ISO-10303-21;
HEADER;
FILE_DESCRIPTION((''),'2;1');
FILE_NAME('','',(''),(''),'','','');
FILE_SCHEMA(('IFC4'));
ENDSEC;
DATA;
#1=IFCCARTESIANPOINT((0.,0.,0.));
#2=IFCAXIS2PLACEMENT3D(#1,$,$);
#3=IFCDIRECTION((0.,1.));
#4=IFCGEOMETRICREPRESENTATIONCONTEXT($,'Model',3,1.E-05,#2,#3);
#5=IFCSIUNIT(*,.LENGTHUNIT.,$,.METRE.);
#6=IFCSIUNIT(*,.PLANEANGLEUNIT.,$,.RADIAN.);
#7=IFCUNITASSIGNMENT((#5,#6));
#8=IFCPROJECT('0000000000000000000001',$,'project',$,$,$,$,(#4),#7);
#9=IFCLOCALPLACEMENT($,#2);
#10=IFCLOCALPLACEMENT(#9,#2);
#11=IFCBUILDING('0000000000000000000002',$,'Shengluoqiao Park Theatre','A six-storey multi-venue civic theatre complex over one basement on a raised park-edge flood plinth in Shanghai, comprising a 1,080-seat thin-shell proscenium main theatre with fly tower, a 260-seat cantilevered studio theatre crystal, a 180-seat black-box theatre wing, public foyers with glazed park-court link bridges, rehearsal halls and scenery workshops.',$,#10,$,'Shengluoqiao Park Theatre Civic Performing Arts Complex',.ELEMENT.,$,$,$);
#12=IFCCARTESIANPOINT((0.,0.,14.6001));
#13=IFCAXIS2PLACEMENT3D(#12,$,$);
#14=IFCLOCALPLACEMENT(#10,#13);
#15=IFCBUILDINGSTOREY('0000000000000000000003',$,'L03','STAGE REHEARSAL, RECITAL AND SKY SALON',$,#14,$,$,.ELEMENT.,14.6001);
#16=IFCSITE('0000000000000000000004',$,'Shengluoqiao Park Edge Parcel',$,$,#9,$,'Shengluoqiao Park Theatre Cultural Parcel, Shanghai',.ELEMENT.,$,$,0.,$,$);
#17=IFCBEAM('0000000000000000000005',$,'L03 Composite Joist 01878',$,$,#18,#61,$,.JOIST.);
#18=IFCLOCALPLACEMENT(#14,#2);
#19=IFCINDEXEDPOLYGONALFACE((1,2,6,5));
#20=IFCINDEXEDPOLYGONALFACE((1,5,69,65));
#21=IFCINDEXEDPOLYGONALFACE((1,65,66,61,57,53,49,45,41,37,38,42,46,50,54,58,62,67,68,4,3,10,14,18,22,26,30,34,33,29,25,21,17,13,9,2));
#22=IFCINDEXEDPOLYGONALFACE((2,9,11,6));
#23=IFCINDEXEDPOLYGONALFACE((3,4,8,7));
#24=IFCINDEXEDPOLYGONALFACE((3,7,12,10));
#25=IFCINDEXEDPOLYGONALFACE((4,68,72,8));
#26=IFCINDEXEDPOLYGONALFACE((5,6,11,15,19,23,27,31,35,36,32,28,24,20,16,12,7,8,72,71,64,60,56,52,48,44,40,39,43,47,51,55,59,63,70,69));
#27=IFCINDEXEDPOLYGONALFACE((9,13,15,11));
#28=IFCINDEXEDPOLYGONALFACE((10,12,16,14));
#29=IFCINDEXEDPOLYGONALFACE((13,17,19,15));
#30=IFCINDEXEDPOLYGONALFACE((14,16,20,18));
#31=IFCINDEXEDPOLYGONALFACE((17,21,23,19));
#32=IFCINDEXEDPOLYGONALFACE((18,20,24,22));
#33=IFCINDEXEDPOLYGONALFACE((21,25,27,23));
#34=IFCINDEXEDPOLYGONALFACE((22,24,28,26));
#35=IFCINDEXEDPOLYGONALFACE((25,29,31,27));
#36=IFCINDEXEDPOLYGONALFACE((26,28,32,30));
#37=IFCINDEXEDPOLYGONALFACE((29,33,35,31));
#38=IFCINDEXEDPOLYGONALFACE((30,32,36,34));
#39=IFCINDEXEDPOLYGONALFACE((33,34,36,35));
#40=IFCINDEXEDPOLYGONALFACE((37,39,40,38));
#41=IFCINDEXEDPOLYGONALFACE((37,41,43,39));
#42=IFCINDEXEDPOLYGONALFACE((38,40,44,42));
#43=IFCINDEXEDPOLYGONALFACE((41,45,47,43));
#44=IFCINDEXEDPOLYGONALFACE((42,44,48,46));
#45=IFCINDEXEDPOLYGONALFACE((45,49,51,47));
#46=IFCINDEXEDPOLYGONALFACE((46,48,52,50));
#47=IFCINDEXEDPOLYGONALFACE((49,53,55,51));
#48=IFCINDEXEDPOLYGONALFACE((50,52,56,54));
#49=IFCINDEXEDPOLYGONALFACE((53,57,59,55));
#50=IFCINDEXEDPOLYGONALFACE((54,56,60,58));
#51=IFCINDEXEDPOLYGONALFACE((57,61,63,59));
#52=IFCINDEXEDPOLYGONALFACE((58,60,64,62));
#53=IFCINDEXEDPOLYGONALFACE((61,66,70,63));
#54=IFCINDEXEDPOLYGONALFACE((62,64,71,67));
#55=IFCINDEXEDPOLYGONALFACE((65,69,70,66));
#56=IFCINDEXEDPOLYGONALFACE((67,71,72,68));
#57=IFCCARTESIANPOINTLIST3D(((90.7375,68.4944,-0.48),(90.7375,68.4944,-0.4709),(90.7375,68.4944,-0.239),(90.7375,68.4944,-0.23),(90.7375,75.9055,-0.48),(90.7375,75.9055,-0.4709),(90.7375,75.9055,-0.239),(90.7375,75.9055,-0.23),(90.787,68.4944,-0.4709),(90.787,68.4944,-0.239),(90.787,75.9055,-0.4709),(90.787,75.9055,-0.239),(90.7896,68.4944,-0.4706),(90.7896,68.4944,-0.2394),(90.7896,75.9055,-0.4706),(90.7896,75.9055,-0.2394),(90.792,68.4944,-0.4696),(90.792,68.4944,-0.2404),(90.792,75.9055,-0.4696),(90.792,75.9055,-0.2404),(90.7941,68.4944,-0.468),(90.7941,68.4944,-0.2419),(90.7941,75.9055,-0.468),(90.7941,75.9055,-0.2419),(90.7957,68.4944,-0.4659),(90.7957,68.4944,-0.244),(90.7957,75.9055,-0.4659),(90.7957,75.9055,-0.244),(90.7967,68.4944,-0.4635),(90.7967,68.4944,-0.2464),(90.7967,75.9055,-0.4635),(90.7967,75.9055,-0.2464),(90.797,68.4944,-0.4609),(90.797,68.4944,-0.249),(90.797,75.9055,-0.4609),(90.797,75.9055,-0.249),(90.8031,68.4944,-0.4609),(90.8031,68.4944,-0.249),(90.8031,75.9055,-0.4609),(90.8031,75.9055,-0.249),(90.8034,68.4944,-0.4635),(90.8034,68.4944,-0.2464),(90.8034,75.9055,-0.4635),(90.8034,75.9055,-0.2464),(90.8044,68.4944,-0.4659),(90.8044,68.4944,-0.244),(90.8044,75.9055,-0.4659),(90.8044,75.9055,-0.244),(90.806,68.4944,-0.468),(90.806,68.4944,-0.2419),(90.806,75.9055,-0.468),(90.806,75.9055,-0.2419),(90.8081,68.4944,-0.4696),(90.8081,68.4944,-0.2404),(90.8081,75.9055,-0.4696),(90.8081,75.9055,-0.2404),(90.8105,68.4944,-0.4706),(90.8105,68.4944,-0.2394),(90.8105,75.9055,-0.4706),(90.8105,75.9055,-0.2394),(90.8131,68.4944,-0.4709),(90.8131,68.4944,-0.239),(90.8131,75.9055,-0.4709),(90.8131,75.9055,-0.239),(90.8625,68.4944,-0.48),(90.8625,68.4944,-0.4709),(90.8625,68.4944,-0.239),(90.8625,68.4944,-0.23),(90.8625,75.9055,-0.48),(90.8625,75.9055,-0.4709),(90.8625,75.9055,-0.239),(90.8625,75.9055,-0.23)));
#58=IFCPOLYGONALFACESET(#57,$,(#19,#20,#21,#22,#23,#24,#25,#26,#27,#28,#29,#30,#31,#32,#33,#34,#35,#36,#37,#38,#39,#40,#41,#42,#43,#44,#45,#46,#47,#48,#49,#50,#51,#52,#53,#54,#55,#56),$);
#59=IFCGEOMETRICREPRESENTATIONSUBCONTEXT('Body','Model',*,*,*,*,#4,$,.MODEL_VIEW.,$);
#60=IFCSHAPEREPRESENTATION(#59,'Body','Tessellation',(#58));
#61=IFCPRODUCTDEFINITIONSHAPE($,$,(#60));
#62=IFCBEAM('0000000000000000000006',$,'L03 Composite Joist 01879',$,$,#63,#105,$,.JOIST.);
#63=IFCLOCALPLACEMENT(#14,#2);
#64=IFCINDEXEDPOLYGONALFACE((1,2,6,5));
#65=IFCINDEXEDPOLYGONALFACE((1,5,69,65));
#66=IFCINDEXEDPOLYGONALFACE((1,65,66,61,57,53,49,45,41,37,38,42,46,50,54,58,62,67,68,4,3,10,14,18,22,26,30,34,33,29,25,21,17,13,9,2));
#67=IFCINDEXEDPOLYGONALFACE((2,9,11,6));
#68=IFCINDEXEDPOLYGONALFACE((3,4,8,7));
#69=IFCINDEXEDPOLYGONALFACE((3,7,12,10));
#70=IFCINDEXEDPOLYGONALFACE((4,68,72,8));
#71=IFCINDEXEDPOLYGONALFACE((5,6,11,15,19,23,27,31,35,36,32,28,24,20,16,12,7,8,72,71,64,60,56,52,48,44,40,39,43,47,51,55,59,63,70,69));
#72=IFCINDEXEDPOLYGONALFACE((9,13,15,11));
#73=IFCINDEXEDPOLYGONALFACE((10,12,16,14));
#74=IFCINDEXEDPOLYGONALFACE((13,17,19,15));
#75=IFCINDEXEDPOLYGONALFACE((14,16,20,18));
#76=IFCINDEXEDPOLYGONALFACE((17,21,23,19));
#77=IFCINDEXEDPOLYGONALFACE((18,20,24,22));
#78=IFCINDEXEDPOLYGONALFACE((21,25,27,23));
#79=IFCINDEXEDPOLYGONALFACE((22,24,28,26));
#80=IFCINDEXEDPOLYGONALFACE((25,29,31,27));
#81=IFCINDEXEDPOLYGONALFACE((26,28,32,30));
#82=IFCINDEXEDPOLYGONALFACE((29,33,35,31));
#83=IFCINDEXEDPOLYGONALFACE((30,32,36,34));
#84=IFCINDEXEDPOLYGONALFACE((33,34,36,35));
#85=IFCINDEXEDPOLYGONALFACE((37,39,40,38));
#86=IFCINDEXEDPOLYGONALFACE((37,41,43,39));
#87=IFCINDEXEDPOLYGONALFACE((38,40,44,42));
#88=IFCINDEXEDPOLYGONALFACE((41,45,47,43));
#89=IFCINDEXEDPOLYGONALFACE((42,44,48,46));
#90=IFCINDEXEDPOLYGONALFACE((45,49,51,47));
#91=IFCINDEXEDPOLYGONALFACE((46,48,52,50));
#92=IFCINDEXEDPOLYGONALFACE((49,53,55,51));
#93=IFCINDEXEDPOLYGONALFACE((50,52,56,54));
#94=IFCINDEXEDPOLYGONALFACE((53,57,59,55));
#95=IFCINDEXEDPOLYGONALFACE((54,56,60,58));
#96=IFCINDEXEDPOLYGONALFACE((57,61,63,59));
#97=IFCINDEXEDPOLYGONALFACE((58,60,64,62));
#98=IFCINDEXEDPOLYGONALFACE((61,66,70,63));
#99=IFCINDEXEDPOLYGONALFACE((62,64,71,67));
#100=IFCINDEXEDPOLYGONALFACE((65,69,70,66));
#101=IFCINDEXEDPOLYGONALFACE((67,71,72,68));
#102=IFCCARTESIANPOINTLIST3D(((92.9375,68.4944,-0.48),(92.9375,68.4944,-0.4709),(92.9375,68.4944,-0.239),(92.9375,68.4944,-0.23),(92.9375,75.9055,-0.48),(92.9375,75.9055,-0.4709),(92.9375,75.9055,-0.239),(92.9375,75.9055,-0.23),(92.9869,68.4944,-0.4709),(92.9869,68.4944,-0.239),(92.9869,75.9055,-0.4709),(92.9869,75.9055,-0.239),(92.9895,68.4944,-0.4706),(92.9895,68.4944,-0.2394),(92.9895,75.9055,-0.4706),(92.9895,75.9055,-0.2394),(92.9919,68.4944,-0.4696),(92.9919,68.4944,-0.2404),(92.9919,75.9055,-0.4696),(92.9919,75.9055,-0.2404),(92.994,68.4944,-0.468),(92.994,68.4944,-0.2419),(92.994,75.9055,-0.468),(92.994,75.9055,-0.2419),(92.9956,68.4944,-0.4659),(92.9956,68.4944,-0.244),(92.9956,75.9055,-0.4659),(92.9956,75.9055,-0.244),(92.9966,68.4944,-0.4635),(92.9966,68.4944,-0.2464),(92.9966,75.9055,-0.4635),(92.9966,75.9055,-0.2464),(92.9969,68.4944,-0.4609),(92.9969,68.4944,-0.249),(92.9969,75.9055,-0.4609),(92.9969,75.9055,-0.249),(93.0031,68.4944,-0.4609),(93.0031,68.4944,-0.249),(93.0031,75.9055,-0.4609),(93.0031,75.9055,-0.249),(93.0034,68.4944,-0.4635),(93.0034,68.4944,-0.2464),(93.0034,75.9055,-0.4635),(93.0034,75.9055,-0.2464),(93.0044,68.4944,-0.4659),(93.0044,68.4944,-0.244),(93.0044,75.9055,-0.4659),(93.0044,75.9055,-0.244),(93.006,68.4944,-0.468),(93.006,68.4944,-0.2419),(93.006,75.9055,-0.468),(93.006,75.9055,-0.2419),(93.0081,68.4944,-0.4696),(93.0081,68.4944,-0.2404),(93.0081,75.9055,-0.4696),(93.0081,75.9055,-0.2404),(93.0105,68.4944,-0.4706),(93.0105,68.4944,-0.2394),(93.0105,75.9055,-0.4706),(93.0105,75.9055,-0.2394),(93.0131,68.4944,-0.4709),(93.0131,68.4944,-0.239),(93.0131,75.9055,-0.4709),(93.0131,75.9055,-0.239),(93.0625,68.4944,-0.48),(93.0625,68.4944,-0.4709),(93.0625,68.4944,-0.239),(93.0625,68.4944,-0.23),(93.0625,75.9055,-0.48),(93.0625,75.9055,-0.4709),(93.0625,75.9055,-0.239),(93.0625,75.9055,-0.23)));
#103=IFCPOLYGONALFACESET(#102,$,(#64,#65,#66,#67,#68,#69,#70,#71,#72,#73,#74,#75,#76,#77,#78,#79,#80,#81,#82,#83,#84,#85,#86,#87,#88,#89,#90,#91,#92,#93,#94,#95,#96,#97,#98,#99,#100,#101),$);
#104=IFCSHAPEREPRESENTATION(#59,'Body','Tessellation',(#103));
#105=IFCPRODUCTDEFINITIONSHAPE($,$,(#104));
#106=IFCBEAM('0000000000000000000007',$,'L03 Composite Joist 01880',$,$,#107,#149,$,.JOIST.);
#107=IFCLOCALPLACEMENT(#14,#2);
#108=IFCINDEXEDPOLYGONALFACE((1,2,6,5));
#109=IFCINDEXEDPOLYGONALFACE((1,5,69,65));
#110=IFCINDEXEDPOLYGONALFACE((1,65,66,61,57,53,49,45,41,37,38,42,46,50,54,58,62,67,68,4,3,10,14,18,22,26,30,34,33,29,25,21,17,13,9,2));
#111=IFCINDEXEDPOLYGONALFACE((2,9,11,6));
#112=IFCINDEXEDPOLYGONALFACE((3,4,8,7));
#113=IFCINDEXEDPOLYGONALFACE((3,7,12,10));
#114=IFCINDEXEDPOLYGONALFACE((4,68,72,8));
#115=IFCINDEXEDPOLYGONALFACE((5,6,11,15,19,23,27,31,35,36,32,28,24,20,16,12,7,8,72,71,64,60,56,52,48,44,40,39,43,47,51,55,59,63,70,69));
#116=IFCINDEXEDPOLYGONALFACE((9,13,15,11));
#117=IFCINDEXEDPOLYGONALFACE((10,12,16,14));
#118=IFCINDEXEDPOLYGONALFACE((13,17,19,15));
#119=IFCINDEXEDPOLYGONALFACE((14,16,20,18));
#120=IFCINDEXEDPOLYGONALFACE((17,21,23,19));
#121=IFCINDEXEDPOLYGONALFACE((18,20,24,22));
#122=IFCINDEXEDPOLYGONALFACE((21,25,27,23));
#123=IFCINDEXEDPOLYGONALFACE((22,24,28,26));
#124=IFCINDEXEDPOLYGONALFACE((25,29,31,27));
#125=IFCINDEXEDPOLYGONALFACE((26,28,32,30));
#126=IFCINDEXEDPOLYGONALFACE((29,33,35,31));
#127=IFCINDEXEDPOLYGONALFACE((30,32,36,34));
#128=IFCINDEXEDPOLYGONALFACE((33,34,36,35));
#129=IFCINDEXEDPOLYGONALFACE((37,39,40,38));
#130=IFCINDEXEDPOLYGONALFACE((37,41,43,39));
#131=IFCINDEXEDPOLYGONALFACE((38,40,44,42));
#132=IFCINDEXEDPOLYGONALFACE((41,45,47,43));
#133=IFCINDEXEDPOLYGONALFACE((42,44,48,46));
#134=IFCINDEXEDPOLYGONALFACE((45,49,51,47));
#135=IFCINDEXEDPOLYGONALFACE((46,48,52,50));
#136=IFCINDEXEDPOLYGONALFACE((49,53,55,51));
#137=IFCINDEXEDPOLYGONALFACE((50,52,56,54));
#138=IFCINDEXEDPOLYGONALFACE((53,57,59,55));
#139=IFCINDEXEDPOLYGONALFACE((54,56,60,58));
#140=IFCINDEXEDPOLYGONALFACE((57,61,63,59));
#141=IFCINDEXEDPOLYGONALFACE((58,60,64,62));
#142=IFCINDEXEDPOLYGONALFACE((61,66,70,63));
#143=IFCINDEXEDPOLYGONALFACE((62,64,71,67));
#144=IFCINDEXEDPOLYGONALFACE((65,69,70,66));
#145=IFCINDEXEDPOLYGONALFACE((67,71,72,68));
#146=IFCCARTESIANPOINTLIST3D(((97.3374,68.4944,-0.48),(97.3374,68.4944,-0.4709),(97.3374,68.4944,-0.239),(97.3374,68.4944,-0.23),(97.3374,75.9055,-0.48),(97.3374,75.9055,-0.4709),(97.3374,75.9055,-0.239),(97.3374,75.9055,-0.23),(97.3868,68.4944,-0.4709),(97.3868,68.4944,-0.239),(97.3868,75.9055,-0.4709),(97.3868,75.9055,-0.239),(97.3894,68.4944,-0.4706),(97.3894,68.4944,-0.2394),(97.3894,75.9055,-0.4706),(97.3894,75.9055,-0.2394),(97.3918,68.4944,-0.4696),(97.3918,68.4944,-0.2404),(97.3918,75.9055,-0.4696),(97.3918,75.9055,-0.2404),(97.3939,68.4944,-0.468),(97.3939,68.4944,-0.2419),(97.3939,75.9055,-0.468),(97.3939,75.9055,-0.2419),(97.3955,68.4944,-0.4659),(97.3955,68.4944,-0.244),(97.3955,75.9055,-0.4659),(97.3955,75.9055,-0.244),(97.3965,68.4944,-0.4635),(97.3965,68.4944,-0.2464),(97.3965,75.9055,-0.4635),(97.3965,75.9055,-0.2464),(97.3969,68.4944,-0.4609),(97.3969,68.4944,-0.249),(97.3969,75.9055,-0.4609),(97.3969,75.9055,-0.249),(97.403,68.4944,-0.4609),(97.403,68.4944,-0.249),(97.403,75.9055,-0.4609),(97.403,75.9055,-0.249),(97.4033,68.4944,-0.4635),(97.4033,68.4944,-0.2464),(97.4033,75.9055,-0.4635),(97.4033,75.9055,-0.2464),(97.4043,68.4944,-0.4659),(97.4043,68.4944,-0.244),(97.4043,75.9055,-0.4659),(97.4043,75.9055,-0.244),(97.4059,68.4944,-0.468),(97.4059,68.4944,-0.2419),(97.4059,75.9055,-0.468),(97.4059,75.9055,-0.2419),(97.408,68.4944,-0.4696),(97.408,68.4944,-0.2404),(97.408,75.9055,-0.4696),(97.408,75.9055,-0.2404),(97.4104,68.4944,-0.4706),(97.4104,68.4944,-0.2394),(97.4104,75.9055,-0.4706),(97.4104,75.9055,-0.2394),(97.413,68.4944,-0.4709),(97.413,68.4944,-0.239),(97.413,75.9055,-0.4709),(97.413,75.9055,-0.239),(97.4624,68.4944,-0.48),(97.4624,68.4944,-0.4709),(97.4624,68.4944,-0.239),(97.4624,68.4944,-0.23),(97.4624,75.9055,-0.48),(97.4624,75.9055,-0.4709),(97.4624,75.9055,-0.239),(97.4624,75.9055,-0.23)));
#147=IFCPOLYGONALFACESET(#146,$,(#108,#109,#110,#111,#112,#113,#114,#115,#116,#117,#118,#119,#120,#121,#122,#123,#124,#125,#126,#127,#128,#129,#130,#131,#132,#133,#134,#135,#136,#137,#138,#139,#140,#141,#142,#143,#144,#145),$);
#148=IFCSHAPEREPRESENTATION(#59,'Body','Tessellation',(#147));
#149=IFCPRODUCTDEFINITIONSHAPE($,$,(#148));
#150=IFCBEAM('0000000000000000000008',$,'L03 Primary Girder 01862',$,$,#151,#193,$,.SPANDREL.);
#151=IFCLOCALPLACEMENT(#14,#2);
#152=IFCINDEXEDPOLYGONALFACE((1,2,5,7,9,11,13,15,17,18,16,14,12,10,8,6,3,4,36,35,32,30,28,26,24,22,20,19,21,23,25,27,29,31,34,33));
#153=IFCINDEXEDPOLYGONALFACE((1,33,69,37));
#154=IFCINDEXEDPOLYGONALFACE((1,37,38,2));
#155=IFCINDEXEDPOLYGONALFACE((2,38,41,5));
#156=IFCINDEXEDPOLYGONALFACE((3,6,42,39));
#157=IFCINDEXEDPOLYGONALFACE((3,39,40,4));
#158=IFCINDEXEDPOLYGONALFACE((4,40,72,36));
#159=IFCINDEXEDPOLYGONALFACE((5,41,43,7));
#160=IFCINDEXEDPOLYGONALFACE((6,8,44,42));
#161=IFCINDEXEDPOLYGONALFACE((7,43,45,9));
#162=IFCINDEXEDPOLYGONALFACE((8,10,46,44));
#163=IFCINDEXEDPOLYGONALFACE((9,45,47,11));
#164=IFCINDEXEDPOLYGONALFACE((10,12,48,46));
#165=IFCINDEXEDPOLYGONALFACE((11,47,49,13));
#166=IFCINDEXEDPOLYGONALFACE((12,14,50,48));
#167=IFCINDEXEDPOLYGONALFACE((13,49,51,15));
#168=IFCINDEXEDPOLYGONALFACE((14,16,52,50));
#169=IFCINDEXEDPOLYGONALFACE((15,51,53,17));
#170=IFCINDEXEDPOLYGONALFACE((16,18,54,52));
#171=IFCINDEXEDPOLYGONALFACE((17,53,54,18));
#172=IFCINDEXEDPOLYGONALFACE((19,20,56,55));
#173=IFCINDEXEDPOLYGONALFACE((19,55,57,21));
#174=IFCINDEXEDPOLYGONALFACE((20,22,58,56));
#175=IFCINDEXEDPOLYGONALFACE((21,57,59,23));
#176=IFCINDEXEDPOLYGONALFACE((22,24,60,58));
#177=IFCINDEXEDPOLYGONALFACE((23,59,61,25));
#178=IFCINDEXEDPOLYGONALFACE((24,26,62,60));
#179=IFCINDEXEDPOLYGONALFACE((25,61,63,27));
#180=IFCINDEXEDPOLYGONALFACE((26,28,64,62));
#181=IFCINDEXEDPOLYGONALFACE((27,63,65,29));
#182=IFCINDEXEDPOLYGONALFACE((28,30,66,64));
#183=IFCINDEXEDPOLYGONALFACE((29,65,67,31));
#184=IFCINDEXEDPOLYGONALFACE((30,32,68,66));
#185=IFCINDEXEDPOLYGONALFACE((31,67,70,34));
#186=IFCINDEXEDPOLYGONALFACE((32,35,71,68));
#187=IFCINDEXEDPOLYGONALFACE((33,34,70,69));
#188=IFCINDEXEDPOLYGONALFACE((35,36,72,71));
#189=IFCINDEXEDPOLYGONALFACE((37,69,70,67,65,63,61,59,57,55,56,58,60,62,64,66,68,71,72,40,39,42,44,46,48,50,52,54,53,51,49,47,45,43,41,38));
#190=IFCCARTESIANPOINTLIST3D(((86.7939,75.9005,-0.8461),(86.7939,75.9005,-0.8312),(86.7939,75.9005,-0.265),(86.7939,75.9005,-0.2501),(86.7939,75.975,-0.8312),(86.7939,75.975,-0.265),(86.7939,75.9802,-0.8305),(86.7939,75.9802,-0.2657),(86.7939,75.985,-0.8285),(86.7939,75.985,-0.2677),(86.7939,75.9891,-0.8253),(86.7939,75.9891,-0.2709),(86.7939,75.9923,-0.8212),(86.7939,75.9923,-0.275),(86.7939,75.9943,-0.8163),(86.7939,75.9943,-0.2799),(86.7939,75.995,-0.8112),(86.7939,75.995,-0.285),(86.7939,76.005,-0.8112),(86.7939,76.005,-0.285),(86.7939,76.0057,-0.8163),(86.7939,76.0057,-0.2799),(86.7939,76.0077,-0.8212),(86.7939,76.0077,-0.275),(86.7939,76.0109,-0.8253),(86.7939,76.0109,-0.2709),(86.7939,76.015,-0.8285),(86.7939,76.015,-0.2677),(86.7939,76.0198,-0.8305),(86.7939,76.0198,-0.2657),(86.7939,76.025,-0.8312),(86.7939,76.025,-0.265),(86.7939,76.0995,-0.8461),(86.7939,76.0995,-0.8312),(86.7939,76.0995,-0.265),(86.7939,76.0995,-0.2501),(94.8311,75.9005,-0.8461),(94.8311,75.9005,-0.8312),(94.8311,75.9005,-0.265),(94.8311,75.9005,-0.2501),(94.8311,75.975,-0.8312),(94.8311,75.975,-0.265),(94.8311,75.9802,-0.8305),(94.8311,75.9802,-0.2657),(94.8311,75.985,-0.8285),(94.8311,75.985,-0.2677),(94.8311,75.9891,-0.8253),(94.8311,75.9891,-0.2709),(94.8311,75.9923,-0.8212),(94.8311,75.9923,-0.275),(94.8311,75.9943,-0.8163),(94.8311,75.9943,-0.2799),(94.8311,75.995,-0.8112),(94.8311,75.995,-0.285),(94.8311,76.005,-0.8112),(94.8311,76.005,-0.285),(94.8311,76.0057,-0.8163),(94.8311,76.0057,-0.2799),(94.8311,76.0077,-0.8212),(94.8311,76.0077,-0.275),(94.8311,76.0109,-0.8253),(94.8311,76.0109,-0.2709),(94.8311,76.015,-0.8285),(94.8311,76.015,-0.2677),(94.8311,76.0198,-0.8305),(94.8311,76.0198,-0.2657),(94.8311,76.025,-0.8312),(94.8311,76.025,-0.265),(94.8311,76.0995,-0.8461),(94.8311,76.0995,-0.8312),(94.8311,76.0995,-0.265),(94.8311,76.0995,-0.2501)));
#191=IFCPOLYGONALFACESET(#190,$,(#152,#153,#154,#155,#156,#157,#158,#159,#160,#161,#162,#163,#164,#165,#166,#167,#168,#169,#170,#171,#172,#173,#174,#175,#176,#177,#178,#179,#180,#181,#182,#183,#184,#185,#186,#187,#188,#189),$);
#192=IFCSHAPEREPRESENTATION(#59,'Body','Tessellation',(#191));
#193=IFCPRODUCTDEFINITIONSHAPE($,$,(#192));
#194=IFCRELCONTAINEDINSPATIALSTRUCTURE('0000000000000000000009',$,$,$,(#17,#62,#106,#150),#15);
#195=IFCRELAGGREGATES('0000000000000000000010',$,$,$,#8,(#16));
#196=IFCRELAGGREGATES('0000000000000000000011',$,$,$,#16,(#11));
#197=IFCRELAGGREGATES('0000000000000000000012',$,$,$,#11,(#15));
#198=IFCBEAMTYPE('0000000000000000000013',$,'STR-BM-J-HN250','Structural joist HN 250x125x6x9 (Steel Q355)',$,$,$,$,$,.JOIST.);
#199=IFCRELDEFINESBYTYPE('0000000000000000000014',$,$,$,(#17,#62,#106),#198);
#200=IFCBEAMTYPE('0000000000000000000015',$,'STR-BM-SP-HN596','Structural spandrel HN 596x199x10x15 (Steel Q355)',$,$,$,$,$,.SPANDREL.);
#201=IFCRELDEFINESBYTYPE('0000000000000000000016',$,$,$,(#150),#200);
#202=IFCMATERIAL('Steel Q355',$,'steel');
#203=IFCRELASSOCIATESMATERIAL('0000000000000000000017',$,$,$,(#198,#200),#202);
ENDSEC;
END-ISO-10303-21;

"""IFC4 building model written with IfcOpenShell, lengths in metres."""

from ifc_helpers import new_model, si_unit, direction, frame, origin, origin_2d, place, context, subcontext, project, spatial, i_section, extrude, material, material_profile, profile_set, type_object, element, save


model = new_model("IFC4")

# Units and contexts
model_context = context("Model", 3, precision=1e-05, world=origin(), true_north=direction((0.0, 1.0)))
body_context = subcontext(model_context, "Body", "Model", "MODEL_VIEW")
ifc_project = project(units=[si_unit("LENGTHUNIT", "METRE"), si_unit("PLANEANGLEUNIT", "RADIAN")], contexts=[model_context])

# Site, building, storey
site_placement = place(None, origin())
site = spatial("IfcSite", under=ifc_project, at=site_placement, Name="Shengluoqiao Park Edge Parcel", LongName="Shengluoqiao Park Theatre Cultural Parcel, Shanghai", CompositionType="ELEMENT", RefElevation=0.0)
building_placement = place(site_placement, origin())
building = spatial("IfcBuilding", under=site, at=building_placement, Name="Shengluoqiao Park Theatre", Description="A six-storey multi-venue civic theatre complex over one basement on a raised park-edge flood plinth in Shanghai, comprising a 1,080-seat thin-shell proscenium main theatre with fly tower, a 260-seat cantilevered studio theatre crystal, a 180-seat black-box theatre wing, public foyers with glazed park-court link bridges, rehearsal halls and scenery workshops.", LongName="Shengluoqiao Park Theatre Civic Performing Arts Complex", CompositionType="ELEMENT")
storey_placement = place(building_placement, frame((0.0, 0.0, 14.6001)))
storey = spatial("IfcBuildingStorey", under=building, at=storey_placement, Name="L03", Description="STAGE REHEARSAL, RECITAL AND SKY SALON", CompositionType="ELEMENT", Elevation=14.6001)

# Beams
ifc_material_1 = material(Name="Steel Q355", Category="steel")
ifc_material_profile_1 = material_profile(ifc_material_1, i_section(OverallWidth=0.125, OverallDepth=0.25, WebThickness=0.0061, FlangeThickness=0.009, FilletRadius=0.01, at=origin_2d()), Name="HN 250x125x6x9")
ifc_profile_set_1 = profile_set([ifc_material_profile_1], Name="Steel Q355")
beam_type_1 = type_object("IfcBeamType", Name="STR-BM-J-HN250", Description="Structural joist HN 250x125x6x9 (Steel Q355)", PredefinedType="JOIST", material=ifc_profile_set_1)
for number, where, z_axis, x_axis, name in (
    (1, (90.8, 68.4944, -0.355), (0.0, 1.0, 0.0), (-1.0, 0.0, 0.0), "L03 Composite Joist 01878"),
    (2, (93.0, 68.4944, -0.355), (0.0, 1.0, 0.0), (-1.0, 0.0, 0.0), "L03 Composite Joist 01879"),
    (3, (97.3999, 68.4944, -0.355), (0.0, 1.0, 0.0), (-1.0, 0.0, 0.0), "L03 Composite Joist 01880"),
):
    element("IfcBeam", number, at=place(storey_placement, frame(where, z_axis=z_axis, x_axis=x_axis)), inside=storey, type_object=beam_type_1, Name=name, PredefinedType="JOIST", context=body_context, shape_type="SweptSolid", body=[
        extrude(i_section(OverallWidth=0.125, OverallDepth=0.25, WebThickness=0.0061, FlangeThickness=0.009, FilletRadius=0.01, at=origin_2d()), origin(), (0.0, 0.0, 1.0), 7.4111),
    ])
ifc_material_profile_2 = material_profile(ifc_material_1, i_section(OverallWidth=0.199, OverallDepth=0.5959, WebThickness=0.01, FlangeThickness=0.0149, FilletRadius=0.02, at=origin_2d()), Name="HN 596x199x10x15")
ifc_profile_set_2 = profile_set([ifc_material_profile_2], Name="Steel Q355")
beam_type_2 = type_object("IfcBeamType", Name="STR-BM-SP-HN596", Description="Structural spandrel HN 596x199x10x15 (Steel Q355)", PredefinedType="SPANDREL", material=ifc_profile_set_2)
beam_1_placement = place(storey_placement, frame((86.7939, 76.0, -0.5481), z_axis=(1.0, 0.0, 0.0), x_axis=(0.0, 1.0, 0.0)))
element("IfcBeam", 4, at=beam_1_placement, inside=storey, type_object=beam_type_2, Name="L03 Primary Girder 01862", PredefinedType="SPANDREL", context=body_context, shape_type="SweptSolid", body=[
    extrude(i_section(OverallWidth=0.199, OverallDepth=0.5959, WebThickness=0.01, FlangeThickness=0.0149, FilletRadius=0.02, at=origin_2d()), origin(), (0.0, 0.0, 1.0), 8.0371),
])

save(model, "model.ifc")
